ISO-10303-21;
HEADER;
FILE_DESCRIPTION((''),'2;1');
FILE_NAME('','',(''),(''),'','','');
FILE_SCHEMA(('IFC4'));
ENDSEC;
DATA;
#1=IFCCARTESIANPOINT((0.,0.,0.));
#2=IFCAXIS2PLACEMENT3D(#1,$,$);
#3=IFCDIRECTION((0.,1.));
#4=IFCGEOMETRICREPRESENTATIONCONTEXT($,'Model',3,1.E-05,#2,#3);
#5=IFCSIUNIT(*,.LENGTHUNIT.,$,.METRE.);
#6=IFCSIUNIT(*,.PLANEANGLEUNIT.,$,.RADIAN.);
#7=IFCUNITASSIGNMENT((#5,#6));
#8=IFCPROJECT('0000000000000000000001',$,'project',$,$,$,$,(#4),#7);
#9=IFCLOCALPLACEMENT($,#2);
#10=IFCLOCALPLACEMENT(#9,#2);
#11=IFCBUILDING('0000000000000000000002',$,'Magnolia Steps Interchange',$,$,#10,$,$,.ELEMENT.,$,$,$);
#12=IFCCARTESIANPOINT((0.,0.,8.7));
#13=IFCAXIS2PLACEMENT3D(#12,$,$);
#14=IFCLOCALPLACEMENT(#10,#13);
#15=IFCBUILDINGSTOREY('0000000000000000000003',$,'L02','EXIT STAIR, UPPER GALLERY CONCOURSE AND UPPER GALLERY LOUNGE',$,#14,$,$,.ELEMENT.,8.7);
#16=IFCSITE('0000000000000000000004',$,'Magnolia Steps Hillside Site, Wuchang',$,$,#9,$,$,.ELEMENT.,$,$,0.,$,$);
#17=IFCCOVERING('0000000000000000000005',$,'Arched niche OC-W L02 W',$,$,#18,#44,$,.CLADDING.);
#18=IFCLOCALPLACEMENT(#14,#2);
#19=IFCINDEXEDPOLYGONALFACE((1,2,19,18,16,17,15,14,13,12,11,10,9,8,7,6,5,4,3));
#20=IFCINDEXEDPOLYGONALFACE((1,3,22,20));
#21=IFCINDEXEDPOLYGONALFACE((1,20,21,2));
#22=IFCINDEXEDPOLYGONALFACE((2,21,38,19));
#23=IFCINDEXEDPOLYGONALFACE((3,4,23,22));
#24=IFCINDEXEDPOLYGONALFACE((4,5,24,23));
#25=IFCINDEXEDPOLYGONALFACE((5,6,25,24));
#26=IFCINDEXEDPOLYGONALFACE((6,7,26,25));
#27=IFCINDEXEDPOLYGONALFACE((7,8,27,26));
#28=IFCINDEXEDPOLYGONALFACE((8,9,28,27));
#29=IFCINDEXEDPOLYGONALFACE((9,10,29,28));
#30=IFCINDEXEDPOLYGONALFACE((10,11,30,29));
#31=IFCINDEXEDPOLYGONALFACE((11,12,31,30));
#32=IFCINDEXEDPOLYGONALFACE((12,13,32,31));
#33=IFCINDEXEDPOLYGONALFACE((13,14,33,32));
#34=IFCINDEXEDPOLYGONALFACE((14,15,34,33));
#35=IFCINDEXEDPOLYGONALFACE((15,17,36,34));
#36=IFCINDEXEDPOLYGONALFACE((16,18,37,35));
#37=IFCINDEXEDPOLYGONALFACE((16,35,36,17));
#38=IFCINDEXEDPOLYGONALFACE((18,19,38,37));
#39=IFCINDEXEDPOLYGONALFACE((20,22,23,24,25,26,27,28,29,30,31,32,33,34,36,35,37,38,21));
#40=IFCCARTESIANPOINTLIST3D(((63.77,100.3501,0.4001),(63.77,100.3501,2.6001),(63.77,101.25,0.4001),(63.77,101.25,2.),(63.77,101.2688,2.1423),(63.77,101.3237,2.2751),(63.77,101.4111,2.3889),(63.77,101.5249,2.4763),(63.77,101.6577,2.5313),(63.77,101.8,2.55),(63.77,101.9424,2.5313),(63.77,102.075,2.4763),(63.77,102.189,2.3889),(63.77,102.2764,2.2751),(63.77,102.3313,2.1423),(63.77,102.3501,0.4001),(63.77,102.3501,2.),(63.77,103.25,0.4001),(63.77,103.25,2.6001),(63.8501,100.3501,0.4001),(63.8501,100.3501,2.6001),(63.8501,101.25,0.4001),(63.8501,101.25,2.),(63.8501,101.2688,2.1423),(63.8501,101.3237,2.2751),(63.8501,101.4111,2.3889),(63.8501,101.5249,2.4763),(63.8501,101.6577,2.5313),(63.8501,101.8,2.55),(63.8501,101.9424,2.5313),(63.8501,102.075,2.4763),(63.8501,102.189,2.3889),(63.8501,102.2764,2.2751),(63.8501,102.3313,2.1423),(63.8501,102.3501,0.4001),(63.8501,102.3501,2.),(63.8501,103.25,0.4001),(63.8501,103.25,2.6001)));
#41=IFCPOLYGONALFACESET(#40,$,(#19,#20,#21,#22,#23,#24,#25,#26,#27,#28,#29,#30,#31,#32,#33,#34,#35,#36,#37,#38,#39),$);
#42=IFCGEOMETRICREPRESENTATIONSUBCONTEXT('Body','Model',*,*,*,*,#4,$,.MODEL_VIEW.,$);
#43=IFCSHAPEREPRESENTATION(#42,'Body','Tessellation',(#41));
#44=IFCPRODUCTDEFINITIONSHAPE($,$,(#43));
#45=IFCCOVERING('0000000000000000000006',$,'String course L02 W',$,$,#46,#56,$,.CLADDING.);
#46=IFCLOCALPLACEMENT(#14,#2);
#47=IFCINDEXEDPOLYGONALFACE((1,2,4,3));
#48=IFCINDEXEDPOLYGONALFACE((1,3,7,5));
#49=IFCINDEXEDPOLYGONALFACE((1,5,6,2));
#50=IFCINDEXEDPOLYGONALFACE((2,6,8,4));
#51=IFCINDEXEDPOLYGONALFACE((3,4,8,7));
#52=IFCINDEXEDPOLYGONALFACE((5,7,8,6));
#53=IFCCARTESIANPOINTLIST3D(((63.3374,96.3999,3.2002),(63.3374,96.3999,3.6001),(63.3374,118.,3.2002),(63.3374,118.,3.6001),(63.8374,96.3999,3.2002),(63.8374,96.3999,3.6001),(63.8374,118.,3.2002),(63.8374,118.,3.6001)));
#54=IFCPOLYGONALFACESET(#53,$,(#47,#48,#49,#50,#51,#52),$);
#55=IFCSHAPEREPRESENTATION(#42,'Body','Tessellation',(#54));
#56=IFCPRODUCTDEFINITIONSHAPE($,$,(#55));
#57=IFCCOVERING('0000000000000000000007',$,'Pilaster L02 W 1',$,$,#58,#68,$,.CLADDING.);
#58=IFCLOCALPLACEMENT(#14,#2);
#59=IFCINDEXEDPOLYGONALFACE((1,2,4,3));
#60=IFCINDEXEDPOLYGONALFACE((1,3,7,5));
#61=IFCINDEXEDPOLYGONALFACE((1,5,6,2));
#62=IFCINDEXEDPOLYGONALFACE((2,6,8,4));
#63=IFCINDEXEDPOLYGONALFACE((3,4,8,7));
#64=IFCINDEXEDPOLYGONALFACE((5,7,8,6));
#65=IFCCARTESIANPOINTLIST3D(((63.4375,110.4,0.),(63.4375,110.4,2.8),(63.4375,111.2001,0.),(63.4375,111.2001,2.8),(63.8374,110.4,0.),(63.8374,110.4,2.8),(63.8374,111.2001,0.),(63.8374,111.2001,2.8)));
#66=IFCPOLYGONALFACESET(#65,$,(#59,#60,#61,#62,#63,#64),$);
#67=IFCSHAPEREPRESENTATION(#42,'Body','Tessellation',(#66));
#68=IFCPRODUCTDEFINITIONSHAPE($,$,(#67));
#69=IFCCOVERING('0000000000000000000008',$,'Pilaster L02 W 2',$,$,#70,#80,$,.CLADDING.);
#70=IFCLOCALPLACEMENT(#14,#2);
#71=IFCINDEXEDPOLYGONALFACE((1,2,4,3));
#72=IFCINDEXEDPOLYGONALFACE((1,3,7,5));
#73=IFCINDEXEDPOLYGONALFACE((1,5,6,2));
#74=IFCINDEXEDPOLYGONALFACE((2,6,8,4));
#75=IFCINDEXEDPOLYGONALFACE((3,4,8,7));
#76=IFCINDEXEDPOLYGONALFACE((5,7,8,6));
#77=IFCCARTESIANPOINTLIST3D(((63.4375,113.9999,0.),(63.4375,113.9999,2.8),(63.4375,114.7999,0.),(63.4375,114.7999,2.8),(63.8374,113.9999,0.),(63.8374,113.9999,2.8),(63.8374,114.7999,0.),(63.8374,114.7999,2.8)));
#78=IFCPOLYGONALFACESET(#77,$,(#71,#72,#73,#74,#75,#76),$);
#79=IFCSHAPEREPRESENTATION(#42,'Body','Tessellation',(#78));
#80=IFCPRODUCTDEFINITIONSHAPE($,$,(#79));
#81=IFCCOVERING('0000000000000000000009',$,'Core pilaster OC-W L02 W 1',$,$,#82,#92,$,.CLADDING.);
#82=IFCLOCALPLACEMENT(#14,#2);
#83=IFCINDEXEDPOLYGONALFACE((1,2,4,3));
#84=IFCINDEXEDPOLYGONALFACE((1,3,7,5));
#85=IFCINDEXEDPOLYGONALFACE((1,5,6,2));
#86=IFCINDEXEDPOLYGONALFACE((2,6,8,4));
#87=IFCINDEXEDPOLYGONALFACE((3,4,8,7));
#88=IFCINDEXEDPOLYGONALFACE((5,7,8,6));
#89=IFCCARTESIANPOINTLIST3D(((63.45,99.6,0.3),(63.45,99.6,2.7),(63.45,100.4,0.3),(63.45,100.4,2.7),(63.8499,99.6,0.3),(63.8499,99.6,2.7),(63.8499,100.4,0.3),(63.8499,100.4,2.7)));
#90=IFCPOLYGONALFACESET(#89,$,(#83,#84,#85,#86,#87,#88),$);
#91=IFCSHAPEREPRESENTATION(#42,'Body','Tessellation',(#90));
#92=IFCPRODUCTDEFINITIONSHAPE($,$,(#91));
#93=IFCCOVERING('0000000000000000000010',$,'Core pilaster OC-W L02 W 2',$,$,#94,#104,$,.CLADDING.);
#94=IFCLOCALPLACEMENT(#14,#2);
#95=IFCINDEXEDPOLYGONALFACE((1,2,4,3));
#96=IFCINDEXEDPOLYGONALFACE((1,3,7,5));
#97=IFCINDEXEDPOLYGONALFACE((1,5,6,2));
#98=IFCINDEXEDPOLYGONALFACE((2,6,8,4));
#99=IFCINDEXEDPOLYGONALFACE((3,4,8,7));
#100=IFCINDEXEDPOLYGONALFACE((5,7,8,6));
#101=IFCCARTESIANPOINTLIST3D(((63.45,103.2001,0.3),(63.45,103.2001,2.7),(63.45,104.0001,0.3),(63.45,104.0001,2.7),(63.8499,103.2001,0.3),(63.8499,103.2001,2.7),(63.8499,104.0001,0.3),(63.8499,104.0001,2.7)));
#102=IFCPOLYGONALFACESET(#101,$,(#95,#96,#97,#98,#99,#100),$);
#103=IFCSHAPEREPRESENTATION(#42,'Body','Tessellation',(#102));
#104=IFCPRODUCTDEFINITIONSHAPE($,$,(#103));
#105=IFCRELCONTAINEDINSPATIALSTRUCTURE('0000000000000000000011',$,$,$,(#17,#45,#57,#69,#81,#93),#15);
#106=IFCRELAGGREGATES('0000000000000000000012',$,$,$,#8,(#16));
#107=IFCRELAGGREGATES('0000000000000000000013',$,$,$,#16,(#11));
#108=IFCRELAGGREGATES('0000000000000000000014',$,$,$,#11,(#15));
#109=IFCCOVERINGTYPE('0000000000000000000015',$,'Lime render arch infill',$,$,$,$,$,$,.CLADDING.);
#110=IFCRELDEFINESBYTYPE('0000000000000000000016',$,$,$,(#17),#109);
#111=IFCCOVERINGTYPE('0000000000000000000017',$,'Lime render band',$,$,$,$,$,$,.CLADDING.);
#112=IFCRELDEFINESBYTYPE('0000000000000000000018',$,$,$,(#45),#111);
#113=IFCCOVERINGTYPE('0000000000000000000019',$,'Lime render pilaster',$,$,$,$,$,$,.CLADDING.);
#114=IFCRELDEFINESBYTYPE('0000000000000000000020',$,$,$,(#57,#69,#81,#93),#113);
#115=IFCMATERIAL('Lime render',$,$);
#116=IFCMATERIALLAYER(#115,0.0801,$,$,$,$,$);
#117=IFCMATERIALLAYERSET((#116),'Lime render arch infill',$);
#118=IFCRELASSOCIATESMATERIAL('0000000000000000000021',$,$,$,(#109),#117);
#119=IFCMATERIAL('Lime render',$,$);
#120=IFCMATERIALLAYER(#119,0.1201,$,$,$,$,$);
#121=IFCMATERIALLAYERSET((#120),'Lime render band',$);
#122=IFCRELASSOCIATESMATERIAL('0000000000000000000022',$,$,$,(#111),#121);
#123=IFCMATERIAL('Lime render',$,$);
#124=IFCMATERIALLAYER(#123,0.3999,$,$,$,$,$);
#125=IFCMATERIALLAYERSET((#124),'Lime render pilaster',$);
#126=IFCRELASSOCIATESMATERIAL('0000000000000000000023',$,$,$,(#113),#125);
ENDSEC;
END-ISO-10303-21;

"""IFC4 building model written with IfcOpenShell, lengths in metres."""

from ifc_helpers import new_model, si_unit, direction, frame, origin, origin_2d, place, context, subcontext, project, spatial, polyline, rectangle, outline, extrude, material, layer, layer_set, type_object, element, save


model = new_model("IFC4")

# Units and contexts
model_context = context("Model", 3, precision=1e-05, world=origin(), true_north=direction((0.0, 1.0)))
body_context = subcontext(model_context, "Body", "Model", "MODEL_VIEW")
ifc_project = project(units=[si_unit("LENGTHUNIT", "METRE"), si_unit("PLANEANGLEUNIT", "RADIAN")], contexts=[model_context])

# Site, building, storey
site_placement = place(None, origin())
site = spatial("IfcSite", under=ifc_project, at=site_placement, Name="Magnolia Steps Hillside Site, Wuchang", CompositionType="ELEMENT", RefElevation=0.0)
building_placement = place(site_placement, origin())
building = spatial("IfcBuilding", under=site, at=building_placement, Name="Magnolia Steps Interchange", CompositionType="ELEMENT")
storey_placement = place(building_placement, frame((0.0, 0.0, 8.7)))
storey = spatial("IfcBuildingStorey", under=building, at=storey_placement, Name="L02", Description="EXIT STAIR, UPPER GALLERY CONCOURSE AND UPPER GALLERY LOUNGE", CompositionType="ELEMENT", Elevation=8.7)

# Coverings
ifc_material_1 = material(Name="Lime render")
ifc_layer_1 = layer(ifc_material_1, 0.0801)
ifc_layer_set_1 = layer_set([ifc_layer_1], Name="Lime render arch infill")
covering_type_1 = type_object("IfcCoveringType", Name="Lime render arch infill", PredefinedType="CLADDING", material=ifc_layer_set_1)
covering_1_placement = place(storey_placement, frame((63.8501, 101.25, 0.4001), z_axis=(1.0, 0.0, 0.0), x_axis=(0.0, 0.0, 1.0)))
element("IfcCovering", 1, at=covering_1_placement, inside=storey, type_object=covering_type_1, Name="Arched niche OC-W L02 W", PredefinedType="CLADDING", context=body_context, shape_type="SweptSolid", body=[
    extrude(outline(polyline([(0.0, 0.0), (1.5999, 0.0), (1.7422, -0.0188), (1.875, -0.0737), (1.9888, -0.1611), (2.0762, -0.2749), (2.1311, -0.4077), (2.1499, -0.55), (2.1311, -0.6924), (2.0762, -0.825), (1.9888, -0.939), (1.875, -1.0264), (1.7422, -1.0813), (1.5999, -1.1001), (0.0, -1.1001), (0.0, -2.0), (2.2, -2.0), (2.2, 0.8999), (0.0, 0.8999), (0.0, 0.0)])), origin(), (0.0, 0.0, -1.0), 0.0801),
])
ifc_material_2 = material(Name="Lime render")
ifc_layer_2 = layer(ifc_material_2, 0.1201)
ifc_layer_set_2 = layer_set([ifc_layer_2], Name="Lime render band")
covering_type_2 = type_object("IfcCoveringType", Name="Lime render band", PredefinedType="CLADDING", material=ifc_layer_set_2)
covering_2_placement = place(storey_placement, frame((63.5874, 107.2, 3.2002), z_axis=(0.0, 0.0, 1.0), x_axis=(1.0, 0.0, 0.0)))
element("IfcCovering", 2, at=covering_2_placement, inside=storey, type_object=covering_type_2, Name="String course L02 W", PredefinedType="CLADDING", context=body_context, shape_type="SweptSolid", body=[
    extrude(rectangle(XDim=0.5, YDim=21.6001, at=origin_2d()), origin(), (0.0, 0.0, 1.0), 0.3999),
])
ifc_material_3 = material(Name="Lime render")
ifc_layer_3 = layer(ifc_material_3, 0.3999)
ifc_layer_set_3 = layer_set([ifc_layer_3], Name="Lime render pilaster")
covering_type_3 = type_object("IfcCoveringType", Name="Lime render pilaster", PredefinedType="CLADDING", material=ifc_layer_set_3)
for number, where, z_axis, x_axis, name in (
    (3, (63.6375, 110.8, 0.0), (0.0, 0.0, 1.0), (1.0, 0.0, 0.0), "Pilaster L02 W 1"),
    (4, (63.6375, 114.3999, 0.0), (0.0, 0.0, 1.0), (1.0, 0.0, 0.0), "Pilaster L02 W 2"),
):
    element("IfcCovering", number, at=place(storey_placement, frame(where, z_axis=z_axis, x_axis=x_axis)), inside=storey, type_object=covering_type_3, Name=name, PredefinedType="CLADDING", context=body_context, shape_type="SweptSolid", body=[
        extrude(rectangle(XDim=0.3999, YDim=0.8, at=origin_2d()), origin(), (0.0, 0.0, 1.0), 2.8),
    ])
for number, where, z_axis, x_axis, name in (
    (5, (63.6499, 100.0, 0.3), (0.0, 0.0, 1.0), (1.0, 0.0, 0.0), "Core pilaster OC-W L02 W 1"),
    (6, (63.6499, 103.6001, 0.3), (0.0, 0.0, 1.0), (1.0, 0.0, 0.0), "Core pilaster OC-W L02 W 2"),
):
    element("IfcCovering", number, at=place(storey_placement, frame(where, z_axis=z_axis, x_axis=x_axis)), inside=storey, type_object=covering_type_3, Name=name, PredefinedType="CLADDING", context=body_context, shape_type="SweptSolid", body=[
        extrude(rectangle(XDim=0.3999, YDim=0.8, at=origin_2d()), origin(), (0.0, 0.0, 1.0), 2.3999),
    ])

save(model, "model.ifc")
